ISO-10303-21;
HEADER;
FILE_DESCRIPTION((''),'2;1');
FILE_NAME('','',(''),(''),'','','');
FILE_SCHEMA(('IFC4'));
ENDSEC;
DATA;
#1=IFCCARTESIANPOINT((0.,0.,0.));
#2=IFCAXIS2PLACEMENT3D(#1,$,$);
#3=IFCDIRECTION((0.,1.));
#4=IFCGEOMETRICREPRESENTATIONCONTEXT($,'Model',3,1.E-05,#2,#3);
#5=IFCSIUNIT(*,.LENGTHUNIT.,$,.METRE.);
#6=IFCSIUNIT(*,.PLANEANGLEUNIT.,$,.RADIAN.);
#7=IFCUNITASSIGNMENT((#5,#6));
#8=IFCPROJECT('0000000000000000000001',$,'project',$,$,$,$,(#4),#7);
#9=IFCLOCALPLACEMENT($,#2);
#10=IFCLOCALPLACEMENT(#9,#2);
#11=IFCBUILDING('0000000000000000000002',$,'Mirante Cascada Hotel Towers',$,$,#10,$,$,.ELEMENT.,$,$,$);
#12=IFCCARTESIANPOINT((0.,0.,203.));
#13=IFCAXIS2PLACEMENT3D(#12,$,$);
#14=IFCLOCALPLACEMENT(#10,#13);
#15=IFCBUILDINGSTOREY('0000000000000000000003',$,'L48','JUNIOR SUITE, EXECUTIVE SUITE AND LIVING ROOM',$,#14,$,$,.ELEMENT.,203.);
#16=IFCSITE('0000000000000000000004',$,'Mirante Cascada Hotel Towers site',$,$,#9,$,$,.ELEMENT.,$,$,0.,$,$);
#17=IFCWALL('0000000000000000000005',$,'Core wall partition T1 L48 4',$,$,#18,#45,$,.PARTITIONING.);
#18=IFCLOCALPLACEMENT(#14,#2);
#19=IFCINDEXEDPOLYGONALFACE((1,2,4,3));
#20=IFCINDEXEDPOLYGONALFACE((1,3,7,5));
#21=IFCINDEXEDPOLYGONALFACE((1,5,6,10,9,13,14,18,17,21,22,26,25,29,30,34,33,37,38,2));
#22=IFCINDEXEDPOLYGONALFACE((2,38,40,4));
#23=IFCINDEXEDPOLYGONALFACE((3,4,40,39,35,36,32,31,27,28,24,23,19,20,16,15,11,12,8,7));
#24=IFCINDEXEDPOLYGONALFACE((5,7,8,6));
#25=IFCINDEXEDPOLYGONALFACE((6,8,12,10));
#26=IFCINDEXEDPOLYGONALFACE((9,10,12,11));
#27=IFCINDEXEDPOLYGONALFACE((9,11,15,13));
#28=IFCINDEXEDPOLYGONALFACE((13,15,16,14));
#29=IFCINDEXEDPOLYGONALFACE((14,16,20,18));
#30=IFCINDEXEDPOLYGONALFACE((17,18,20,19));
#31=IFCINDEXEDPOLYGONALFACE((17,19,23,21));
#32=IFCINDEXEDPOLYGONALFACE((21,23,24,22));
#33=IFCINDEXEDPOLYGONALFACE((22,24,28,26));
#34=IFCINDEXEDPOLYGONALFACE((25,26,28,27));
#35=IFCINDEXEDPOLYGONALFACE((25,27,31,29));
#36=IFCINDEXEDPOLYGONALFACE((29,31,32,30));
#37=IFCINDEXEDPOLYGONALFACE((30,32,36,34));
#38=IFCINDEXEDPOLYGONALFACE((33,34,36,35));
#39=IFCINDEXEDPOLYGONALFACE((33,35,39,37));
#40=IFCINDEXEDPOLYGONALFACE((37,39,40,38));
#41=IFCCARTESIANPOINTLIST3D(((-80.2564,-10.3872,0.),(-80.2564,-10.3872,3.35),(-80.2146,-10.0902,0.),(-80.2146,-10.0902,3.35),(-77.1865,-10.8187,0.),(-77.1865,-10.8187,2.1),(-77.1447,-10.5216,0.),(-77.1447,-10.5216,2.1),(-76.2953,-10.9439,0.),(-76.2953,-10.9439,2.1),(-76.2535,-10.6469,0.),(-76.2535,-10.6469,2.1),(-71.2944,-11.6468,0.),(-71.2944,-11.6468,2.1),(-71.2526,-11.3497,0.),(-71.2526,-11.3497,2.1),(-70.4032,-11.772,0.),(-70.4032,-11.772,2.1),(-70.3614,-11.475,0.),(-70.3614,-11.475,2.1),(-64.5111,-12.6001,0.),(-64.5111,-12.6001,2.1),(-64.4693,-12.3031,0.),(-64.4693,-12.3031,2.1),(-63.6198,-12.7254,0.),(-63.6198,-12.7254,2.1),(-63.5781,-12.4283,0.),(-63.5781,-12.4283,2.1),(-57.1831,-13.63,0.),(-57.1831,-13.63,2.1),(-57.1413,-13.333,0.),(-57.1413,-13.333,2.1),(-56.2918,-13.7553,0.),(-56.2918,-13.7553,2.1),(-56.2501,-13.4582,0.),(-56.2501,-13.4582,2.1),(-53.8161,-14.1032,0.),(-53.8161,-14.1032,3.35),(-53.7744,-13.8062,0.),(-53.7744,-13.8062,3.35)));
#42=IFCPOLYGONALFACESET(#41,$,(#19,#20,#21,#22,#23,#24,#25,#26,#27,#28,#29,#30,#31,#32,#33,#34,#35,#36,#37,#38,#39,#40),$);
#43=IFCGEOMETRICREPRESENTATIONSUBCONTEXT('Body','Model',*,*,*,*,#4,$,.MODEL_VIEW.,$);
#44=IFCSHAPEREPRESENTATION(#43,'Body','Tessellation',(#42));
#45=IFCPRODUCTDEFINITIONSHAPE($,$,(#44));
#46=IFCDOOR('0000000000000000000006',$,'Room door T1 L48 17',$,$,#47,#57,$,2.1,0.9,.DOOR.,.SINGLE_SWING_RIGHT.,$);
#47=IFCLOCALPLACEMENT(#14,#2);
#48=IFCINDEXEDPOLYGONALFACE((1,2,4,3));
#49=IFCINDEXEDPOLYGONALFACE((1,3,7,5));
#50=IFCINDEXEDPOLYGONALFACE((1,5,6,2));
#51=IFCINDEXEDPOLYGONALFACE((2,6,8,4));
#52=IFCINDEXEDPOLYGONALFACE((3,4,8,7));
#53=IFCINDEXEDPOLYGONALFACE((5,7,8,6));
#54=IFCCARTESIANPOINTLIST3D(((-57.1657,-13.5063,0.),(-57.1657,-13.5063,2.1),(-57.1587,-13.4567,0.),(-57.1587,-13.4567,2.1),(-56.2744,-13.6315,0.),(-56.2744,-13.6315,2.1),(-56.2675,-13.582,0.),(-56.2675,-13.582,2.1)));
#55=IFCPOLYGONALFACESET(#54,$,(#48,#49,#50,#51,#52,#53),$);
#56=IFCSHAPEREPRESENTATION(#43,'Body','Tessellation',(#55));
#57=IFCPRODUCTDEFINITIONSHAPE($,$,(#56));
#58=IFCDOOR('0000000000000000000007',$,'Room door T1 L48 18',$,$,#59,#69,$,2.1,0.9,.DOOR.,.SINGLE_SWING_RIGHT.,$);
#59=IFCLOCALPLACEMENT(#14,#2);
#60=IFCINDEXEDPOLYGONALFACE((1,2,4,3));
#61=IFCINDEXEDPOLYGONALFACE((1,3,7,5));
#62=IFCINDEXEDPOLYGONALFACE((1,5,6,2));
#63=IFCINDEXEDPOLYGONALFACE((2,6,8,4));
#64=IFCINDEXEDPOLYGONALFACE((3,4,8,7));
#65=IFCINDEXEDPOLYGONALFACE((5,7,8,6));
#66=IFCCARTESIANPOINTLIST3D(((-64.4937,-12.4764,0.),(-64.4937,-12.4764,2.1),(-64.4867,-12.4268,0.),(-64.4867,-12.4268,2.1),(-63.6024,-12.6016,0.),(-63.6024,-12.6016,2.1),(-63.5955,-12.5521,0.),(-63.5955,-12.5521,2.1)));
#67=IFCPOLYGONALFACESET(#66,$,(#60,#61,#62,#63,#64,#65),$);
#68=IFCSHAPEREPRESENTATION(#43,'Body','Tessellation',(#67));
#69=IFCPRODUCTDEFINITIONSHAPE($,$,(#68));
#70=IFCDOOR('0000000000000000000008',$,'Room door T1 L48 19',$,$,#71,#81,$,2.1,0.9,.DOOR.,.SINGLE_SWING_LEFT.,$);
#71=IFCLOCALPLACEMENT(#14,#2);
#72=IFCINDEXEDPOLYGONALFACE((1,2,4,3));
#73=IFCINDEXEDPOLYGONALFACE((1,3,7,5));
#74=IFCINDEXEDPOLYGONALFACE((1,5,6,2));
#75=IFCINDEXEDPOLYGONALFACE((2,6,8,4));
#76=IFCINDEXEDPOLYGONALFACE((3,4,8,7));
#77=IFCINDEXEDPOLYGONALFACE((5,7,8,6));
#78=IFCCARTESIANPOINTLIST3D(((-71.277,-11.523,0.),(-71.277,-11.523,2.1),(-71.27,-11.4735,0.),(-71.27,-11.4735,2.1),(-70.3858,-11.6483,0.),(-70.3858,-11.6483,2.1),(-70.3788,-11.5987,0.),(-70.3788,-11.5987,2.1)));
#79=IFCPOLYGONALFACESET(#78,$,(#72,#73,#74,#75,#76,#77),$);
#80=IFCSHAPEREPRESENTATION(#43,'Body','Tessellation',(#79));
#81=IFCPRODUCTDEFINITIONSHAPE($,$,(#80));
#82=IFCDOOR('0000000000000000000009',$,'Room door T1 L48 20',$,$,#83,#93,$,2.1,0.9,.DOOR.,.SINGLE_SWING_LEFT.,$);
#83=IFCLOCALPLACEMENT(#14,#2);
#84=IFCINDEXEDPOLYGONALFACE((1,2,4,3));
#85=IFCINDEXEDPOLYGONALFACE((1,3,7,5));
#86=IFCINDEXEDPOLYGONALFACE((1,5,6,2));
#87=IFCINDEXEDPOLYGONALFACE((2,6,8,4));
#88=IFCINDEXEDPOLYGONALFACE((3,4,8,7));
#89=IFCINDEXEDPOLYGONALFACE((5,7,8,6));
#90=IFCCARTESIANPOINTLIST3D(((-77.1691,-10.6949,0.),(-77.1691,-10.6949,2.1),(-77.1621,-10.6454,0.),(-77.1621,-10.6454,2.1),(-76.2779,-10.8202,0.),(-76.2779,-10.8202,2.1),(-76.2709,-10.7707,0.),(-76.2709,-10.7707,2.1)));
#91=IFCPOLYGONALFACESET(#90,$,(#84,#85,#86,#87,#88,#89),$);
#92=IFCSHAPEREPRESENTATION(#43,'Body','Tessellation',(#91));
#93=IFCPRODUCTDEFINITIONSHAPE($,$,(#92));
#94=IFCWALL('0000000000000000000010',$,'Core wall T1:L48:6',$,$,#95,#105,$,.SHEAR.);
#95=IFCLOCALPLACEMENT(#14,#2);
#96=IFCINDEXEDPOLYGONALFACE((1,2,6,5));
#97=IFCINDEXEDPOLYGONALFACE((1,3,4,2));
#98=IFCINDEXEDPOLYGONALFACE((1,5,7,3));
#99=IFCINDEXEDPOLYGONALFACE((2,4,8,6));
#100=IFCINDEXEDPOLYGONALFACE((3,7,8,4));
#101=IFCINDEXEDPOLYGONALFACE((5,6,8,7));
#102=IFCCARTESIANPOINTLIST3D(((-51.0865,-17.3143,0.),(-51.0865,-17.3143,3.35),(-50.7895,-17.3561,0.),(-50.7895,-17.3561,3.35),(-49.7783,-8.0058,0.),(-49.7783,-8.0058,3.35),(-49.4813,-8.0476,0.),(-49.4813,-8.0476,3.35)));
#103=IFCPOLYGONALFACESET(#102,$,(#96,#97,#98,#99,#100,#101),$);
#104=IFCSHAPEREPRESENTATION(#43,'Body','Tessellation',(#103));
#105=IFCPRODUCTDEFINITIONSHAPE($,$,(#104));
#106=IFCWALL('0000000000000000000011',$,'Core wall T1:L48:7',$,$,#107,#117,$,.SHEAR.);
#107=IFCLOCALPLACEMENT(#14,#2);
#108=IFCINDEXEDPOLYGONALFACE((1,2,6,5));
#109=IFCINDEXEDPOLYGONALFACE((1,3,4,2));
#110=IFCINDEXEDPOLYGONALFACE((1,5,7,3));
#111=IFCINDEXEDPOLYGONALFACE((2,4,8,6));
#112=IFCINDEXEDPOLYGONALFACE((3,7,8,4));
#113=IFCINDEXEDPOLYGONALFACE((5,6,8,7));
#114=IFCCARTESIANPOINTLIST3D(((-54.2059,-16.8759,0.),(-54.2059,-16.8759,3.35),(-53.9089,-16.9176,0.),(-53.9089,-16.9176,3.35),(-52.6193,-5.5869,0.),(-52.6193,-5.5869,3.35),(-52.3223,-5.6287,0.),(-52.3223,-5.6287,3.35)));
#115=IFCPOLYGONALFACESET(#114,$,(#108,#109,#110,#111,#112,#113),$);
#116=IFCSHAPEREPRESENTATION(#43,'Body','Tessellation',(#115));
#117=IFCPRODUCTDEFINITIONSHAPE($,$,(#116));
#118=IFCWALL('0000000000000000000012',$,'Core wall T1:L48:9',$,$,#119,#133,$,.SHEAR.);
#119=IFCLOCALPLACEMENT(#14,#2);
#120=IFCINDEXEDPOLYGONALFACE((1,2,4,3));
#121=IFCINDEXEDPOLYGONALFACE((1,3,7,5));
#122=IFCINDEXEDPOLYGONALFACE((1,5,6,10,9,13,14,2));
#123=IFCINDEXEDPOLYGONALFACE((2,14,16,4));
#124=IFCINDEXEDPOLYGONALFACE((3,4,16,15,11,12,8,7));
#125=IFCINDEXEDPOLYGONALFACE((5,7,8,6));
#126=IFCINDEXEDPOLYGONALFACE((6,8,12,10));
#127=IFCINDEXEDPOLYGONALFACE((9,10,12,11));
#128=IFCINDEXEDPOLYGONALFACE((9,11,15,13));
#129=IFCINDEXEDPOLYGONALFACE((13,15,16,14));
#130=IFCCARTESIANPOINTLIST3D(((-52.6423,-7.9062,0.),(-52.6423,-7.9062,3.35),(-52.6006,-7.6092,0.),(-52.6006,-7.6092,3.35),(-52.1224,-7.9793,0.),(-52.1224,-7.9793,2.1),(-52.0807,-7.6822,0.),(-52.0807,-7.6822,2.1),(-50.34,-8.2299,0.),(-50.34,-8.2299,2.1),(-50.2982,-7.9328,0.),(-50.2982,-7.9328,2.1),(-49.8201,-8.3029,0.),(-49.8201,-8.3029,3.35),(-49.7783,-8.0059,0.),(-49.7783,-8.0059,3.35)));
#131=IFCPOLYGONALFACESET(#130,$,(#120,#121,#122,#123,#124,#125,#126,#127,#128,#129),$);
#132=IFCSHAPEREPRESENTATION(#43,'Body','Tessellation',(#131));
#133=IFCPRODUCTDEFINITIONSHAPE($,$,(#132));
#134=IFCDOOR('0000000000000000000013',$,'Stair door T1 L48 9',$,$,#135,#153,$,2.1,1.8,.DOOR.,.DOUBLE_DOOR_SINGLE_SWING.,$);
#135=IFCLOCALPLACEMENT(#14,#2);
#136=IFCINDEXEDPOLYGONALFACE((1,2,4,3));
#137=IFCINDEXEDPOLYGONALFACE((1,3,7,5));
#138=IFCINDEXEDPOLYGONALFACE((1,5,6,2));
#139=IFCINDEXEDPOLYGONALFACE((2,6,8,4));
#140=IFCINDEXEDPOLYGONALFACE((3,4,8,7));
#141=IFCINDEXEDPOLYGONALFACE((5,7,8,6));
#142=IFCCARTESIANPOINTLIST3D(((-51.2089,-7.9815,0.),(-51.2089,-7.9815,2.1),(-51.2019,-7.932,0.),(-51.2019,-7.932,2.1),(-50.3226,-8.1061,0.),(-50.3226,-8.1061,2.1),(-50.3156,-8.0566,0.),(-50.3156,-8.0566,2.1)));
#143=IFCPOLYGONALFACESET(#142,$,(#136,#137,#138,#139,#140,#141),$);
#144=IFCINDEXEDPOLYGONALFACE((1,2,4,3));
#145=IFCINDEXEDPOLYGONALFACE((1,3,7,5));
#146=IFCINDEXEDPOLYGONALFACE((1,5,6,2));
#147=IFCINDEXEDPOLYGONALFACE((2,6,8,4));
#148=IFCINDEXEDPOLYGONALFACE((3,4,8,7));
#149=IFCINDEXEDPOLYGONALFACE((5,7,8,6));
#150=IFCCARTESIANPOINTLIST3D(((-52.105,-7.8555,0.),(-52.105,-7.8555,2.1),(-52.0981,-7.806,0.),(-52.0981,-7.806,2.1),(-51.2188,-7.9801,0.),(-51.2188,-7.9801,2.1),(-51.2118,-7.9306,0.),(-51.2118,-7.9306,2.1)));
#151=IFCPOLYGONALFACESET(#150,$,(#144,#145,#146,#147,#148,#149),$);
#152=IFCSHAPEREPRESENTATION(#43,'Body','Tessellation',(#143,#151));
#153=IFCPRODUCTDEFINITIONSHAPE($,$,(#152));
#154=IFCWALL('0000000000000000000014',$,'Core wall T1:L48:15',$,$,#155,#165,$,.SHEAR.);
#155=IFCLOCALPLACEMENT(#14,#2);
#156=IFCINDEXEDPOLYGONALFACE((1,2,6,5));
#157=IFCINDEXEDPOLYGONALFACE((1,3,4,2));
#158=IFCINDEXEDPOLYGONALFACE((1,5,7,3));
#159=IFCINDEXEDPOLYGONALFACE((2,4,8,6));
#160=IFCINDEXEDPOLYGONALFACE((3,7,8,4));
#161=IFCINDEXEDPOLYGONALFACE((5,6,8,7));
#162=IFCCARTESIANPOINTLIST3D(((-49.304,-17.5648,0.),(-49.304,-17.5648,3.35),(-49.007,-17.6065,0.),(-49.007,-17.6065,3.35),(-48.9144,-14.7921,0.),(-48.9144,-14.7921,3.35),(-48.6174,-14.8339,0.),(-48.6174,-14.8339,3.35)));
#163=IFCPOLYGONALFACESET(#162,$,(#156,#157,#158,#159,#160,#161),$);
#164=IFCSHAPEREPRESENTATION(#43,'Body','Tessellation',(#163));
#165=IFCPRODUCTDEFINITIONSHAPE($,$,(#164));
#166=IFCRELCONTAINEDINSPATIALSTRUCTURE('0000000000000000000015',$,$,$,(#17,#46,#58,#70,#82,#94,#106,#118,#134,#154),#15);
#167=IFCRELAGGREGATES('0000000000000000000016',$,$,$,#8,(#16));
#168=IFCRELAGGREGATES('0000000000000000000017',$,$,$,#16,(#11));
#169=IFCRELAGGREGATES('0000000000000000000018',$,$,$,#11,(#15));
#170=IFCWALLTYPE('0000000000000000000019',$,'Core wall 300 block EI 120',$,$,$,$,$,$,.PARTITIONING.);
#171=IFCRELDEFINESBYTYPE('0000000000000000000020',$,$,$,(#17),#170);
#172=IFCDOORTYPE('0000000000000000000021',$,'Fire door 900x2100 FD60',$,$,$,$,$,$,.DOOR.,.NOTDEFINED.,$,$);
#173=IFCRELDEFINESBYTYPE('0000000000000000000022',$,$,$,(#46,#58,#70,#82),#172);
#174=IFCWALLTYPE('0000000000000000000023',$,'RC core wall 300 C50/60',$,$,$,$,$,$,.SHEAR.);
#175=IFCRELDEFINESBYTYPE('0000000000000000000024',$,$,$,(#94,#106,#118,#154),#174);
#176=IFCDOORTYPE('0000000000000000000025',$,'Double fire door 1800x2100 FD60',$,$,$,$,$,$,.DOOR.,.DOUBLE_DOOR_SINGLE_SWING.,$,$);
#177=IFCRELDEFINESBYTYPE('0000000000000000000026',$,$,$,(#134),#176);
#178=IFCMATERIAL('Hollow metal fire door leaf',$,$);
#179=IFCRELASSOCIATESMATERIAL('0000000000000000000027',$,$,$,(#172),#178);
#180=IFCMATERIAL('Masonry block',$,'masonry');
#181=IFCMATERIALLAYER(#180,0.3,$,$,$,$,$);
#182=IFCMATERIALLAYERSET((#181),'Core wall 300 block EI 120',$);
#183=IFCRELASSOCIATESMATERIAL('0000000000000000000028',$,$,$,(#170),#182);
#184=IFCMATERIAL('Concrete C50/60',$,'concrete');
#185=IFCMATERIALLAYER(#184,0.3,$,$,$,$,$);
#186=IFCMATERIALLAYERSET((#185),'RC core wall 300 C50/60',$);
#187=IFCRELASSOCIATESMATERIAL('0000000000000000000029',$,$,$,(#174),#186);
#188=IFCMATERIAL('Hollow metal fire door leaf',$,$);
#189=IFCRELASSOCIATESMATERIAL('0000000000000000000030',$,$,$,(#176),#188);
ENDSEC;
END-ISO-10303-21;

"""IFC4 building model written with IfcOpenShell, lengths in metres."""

from ifc_helpers import new_model, si_unit, direction, frame, frame_2d, origin, place, context, subcontext, project, spatial, rectangle, extrude, material, layer, layer_set, type_object, element, fill, save


model = new_model("IFC4")

# Units and contexts
model_context = context("Model", 3, precision=1e-05, world=origin(), true_north=direction((0.0, 1.0)))
body_context = subcontext(model_context, "Body", "Model", "MODEL_VIEW")
ifc_project = project(units=[si_unit("LENGTHUNIT", "METRE"), si_unit("PLANEANGLEUNIT", "RADIAN")], contexts=[model_context])

# Site, building, storey
site_placement = place(None, origin())
site = spatial("IfcSite", under=ifc_project, at=site_placement, Name="Mirante Cascada Hotel Towers site", CompositionType="ELEMENT", RefElevation=0.0)
building_placement = place(site_placement, origin())
building = spatial("IfcBuilding", under=site, at=building_placement, Name="Mirante Cascada Hotel Towers", CompositionType="ELEMENT")
storey_placement = place(building_placement, frame((0.0, 0.0, 203.0)))
storey = spatial("IfcBuildingStorey", under=building, at=storey_placement, Name="L48", Description="JUNIOR SUITE, EXECUTIVE SUITE AND LIVING ROOM", CompositionType="ELEMENT", Elevation=203.0)

# Shared definitions
ifc_material_1 = material(Name="Hollow metal fire door leaf")
door_type_1 = type_object("IfcDoorType", Name="Fire door 900x2100 FD60", OperationType="NOTDEFINED", PredefinedType="DOOR", material=ifc_material_1)

# Wall, openings, doors
ifc_material_2 = material(Name="Masonry block", Category="masonry")
ifc_layer_1 = layer(ifc_material_2, 0.3)
ifc_layer_set_1 = layer_set([ifc_layer_1], Name="Core wall 300 block EI 120")
wall_type_1 = type_object("IfcWallType", Name="Core wall 300 block EI 120", PredefinedType="PARTITIONING", material=ifc_layer_set_1)
wall_1_placement = place(storey_placement, frame((-53.7953, -13.9547, 0.0), z_axis=(0.0, 0.0, 1.0), x_axis=(-0.990268, 0.139176, 0.0)))
wall_1 = element("IfcWall", 1, at=wall_1_placement, inside=storey, type_object=wall_type_1, Name="Core wall partition T1 L48 4", PredefinedType="PARTITIONING", context=body_context, shape_type="SweptSolid", body=[
    extrude(rectangle(XDim=26.7001, YDim=0.3, at=frame_2d((13.35, 0.0))), origin(), (0.0, 0.0, 1.0), 3.35),
])
opening_1_placement = place(wall_1_placement, frame((2.5, 0.0, 0.0)))
opening_1 = element("IfcOpeningElement", 2, at=opening_1_placement, cuts=wall_1, PredefinedType="OPENING", context=body_context, shape_type="SweptSolid", body=[
    extrude(rectangle(XDim=0.9, YDim=2.1, at=frame_2d((0.45, 1.05))), frame((0.0, 0.15, 0.0), z_axis=(0.0, -1.0, 0.0), x_axis=(1.0, 0.0, 0.0)), (0.0, 0.0, 1.0), 0.3),
])
opening_2_placement = place(wall_1_placement, frame((9.9, 0.0, 0.0)))
opening_2 = element("IfcOpeningElement", 3, at=opening_2_placement, cuts=wall_1, PredefinedType="OPENING", context=body_context, shape_type="SweptSolid", body=[
    extrude(rectangle(XDim=0.9, YDim=2.1, at=frame_2d((0.45, 1.05))), frame((0.0, 0.15, 0.0), z_axis=(0.0, -1.0, 0.0), x_axis=(1.0, 0.0, 0.0)), (0.0, 0.0, 1.0), 0.3),
])
opening_3_placement = place(wall_1_placement, frame((16.75, 0.0, 0.0)))
opening_3 = element("IfcOpeningElement", 4, at=opening_3_placement, cuts=wall_1, PredefinedType="OPENING", context=body_context, shape_type="SweptSolid", body=[
    extrude(rectangle(XDim=0.9, YDim=2.1, at=frame_2d((0.45, 1.05))), frame((0.0, 0.15, 0.0), z_axis=(0.0, -1.0, 0.0), x_axis=(1.0, 0.0, 0.0)), (0.0, 0.0, 1.0), 0.3),
])
opening_4_placement = place(wall_1_placement, frame((22.7, 0.0, 0.0)))
opening_4 = element("IfcOpeningElement", 5, at=opening_4_placement, cuts=wall_1, PredefinedType="OPENING", context=body_context, shape_type="SweptSolid", body=[
    extrude(rectangle(XDim=0.9, YDim=2.1, at=frame_2d((0.45, 1.05))), frame((0.0, 0.15, 0.0), z_axis=(0.0, -1.0, 0.0), x_axis=(1.0, 0.0, 0.0)), (0.0, 0.0, 1.0), 0.3),
])
door_1_placement = place(opening_1_placement, origin())
door_1 = element("IfcDoor", 6, at=door_1_placement, inside=storey, type_object=door_type_1, Name="Room door T1 L48 17", OperationType="SINGLE_SWING_RIGHT", OverallHeight=2.1, OverallWidth=0.9, PredefinedType="DOOR", context=body_context, shape_type="SweptSolid", body=[
    extrude(rectangle(XDim=0.9, YDim=2.1, at=frame_2d((0.45, 1.05))), frame((0.0, 0.025, 0.0), z_axis=(0.0, -1.0, 0.0), x_axis=(1.0, 0.0, 0.0)), (0.0, 0.0, 1.0), 0.05),
])
fill(opening_1, door_1)
door_2_placement = place(opening_2_placement, origin())
door_2 = element("IfcDoor", 7, at=door_2_placement, inside=storey, type_object=door_type_1, Name="Room door T1 L48 18", OperationType="SINGLE_SWING_RIGHT", OverallHeight=2.1, OverallWidth=0.9, PredefinedType="DOOR", context=body_context, shape_type="SweptSolid", body=[
    extrude(rectangle(XDim=0.9, YDim=2.1, at=frame_2d((0.45, 1.05))), frame((0.0, 0.025, 0.0), z_axis=(0.0, -1.0, 0.0), x_axis=(1.0, 0.0, 0.0)), (0.0, 0.0, 1.0), 0.05),
])
fill(opening_2, door_2)
door_3_placement = place(opening_3_placement, origin())
door_3 = element("IfcDoor", 8, at=door_3_placement, inside=storey, type_object=door_type_1, Name="Room door T1 L48 19", OperationType="SINGLE_SWING_LEFT", OverallHeight=2.1, OverallWidth=0.9, PredefinedType="DOOR", context=body_context, shape_type="SweptSolid", body=[
    extrude(rectangle(XDim=0.9, YDim=2.1, at=frame_2d((0.45, 1.05))), frame((0.0, 0.025, 0.0), z_axis=(0.0, -1.0, 0.0), x_axis=(1.0, 0.0, 0.0)), (0.0, 0.0, 1.0), 0.05),
])
fill(opening_3, door_3)
door_4_placement = place(opening_4_placement, origin())
door_4 = element("IfcDoor", 9, at=door_4_placement, inside=storey, type_object=door_type_1, Name="Room door T1 L48 20", OperationType="SINGLE_SWING_LEFT", OverallHeight=2.1, OverallWidth=0.9, PredefinedType="DOOR", context=body_context, shape_type="SweptSolid", body=[
    extrude(rectangle(XDim=0.9, YDim=2.1, at=frame_2d((0.45, 1.05))), frame((0.0, 0.025, 0.0), z_axis=(0.0, -1.0, 0.0), x_axis=(1.0, 0.0, 0.0)), (0.0, 0.0, 1.0), 0.05),
])
fill(opening_4, door_4)

# Walls
ifc_material_3 = material(Name="Concrete C50/60", Category="concrete")
ifc_layer_2 = layer(ifc_material_3, 0.3)
ifc_layer_set_2 = layer_set([ifc_layer_2], Name="RC core wall 300 C50/60")
wall_type_2 = type_object("IfcWallType", Name="RC core wall 300 C50/60", PredefinedType="SHEAR", material=ifc_layer_set_2)
wall_2_placement = place(storey_placement, frame((-50.938, -17.3352, 0.0), z_axis=(0.0, 0.0, 1.0), x_axis=(0.139171, 0.990268, 0.0)))
element("IfcWall", 10, at=wall_2_placement, inside=storey, type_object=wall_type_2, Name="Core wall T1:L48:6", PredefinedType="SHEAR", context=body_context, shape_type="SweptSolid", body=[
    extrude(rectangle(XDim=9.4, YDim=0.3, at=frame_2d((4.7, 0.0))), origin(), (0.0, 0.0, 1.0), 3.35),
])
wall_3_placement = place(storey_placement, frame((-54.0574, -16.8968, 0.0), z_axis=(0.0, 0.0, 1.0), x_axis=(0.139176, 0.990268, 0.0)))
element("IfcWall", 11, at=wall_3_placement, inside=storey, type_object=wall_type_2, Name="Core wall T1:L48:7", PredefinedType="SHEAR", context=body_context, shape_type="SweptSolid", body=[
    extrude(rectangle(XDim=11.3999, YDim=0.3, at=frame_2d((5.7, 0.0))), origin(), (0.0, 0.0, 1.0), 3.35),
])

# Wall, opening, door
wall_4_placement = place(storey_placement, frame((-49.7992, -8.1544, 0.0), z_axis=(0.0, 0.0, 1.0), x_axis=(-0.990266, 0.139191, 0.0)))
wall_4 = element("IfcWall", 12, at=wall_4_placement, inside=storey, type_object=wall_type_2, Name="Core wall T1:L48:9", PredefinedType="SHEAR", context=body_context, shape_type="SweptSolid", body=[
    extrude(rectangle(XDim=2.85, YDim=0.3, at=frame_2d((1.425, 0.0))), origin(), (0.0, 0.0, 1.0), 3.35),
])
opening_5_placement = place(wall_4_placement, frame((0.525, 0.0, 0.0)))
opening_5 = element("IfcOpeningElement", 13, at=opening_5_placement, cuts=wall_4, PredefinedType="OPENING", context=body_context, shape_type="SweptSolid", body=[
    extrude(rectangle(XDim=1.8, YDim=2.1, at=frame_2d((0.9, 1.05))), frame((0.0, 0.15, 0.0), z_axis=(0.0, -1.0, 0.0), x_axis=(1.0, 0.0, 0.0)), (0.0, 0.0, 1.0), 0.3),
])
ifc_material_4 = material(Name="Hollow metal fire door leaf")
door_type_2 = type_object("IfcDoorType", Name="Double fire door 1800x2100 FD60", OperationType="DOUBLE_DOOR_SINGLE_SWING", PredefinedType="DOOR", material=ifc_material_4)
door_5_placement = place(opening_5_placement, origin())
door_5 = element("IfcDoor", 14, at=door_5_placement, inside=storey, type_object=door_type_2, Name="Stair door T1 L48 9", OperationType="DOUBLE_DOOR_SINGLE_SWING", OverallHeight=2.1, OverallWidth=1.8, PredefinedType="DOOR", context=body_context, shape_type="SweptSolid", body=[
    extrude(rectangle(XDim=0.895, YDim=2.1, at=frame_2d((0.4475, 1.05))), frame((0.0, 0.025, 0.0), z_axis=(0.0, -1.0, 0.0), x_axis=(1.0, 0.0, 0.0)), (0.0, 0.0, 1.0), 0.05),
    extrude(rectangle(XDim=0.895, YDim=2.1, at=frame_2d((1.3525, 1.05))), frame((0.0, 0.025, 0.0), z_axis=(0.0, -1.0, 0.0), x_axis=(1.0, 0.0, 0.0)), (0.0, 0.0, 1.0), 0.05),
])
fill(opening_5, door_5)

# Wall
wall_5_placement = place(storey_placement, frame((-49.1555, -17.5857, 0.0), z_axis=(0.0, 0.0, 1.0), x_axis=(0.139146, 0.990272, 0.0)))
element("IfcWall", 15, at=wall_5_placement, inside=storey, type_object=wall_type_2, Name="Core wall T1:L48:15", PredefinedType="SHEAR", context=body_context, shape_type="SweptSolid", body=[
    extrude(rectangle(XDim=2.7999, YDim=0.3, at=frame_2d((1.4, 0.0))), origin(), (0.0, 0.0, 1.0), 3.35),
])

save(model, "model.ifc")
